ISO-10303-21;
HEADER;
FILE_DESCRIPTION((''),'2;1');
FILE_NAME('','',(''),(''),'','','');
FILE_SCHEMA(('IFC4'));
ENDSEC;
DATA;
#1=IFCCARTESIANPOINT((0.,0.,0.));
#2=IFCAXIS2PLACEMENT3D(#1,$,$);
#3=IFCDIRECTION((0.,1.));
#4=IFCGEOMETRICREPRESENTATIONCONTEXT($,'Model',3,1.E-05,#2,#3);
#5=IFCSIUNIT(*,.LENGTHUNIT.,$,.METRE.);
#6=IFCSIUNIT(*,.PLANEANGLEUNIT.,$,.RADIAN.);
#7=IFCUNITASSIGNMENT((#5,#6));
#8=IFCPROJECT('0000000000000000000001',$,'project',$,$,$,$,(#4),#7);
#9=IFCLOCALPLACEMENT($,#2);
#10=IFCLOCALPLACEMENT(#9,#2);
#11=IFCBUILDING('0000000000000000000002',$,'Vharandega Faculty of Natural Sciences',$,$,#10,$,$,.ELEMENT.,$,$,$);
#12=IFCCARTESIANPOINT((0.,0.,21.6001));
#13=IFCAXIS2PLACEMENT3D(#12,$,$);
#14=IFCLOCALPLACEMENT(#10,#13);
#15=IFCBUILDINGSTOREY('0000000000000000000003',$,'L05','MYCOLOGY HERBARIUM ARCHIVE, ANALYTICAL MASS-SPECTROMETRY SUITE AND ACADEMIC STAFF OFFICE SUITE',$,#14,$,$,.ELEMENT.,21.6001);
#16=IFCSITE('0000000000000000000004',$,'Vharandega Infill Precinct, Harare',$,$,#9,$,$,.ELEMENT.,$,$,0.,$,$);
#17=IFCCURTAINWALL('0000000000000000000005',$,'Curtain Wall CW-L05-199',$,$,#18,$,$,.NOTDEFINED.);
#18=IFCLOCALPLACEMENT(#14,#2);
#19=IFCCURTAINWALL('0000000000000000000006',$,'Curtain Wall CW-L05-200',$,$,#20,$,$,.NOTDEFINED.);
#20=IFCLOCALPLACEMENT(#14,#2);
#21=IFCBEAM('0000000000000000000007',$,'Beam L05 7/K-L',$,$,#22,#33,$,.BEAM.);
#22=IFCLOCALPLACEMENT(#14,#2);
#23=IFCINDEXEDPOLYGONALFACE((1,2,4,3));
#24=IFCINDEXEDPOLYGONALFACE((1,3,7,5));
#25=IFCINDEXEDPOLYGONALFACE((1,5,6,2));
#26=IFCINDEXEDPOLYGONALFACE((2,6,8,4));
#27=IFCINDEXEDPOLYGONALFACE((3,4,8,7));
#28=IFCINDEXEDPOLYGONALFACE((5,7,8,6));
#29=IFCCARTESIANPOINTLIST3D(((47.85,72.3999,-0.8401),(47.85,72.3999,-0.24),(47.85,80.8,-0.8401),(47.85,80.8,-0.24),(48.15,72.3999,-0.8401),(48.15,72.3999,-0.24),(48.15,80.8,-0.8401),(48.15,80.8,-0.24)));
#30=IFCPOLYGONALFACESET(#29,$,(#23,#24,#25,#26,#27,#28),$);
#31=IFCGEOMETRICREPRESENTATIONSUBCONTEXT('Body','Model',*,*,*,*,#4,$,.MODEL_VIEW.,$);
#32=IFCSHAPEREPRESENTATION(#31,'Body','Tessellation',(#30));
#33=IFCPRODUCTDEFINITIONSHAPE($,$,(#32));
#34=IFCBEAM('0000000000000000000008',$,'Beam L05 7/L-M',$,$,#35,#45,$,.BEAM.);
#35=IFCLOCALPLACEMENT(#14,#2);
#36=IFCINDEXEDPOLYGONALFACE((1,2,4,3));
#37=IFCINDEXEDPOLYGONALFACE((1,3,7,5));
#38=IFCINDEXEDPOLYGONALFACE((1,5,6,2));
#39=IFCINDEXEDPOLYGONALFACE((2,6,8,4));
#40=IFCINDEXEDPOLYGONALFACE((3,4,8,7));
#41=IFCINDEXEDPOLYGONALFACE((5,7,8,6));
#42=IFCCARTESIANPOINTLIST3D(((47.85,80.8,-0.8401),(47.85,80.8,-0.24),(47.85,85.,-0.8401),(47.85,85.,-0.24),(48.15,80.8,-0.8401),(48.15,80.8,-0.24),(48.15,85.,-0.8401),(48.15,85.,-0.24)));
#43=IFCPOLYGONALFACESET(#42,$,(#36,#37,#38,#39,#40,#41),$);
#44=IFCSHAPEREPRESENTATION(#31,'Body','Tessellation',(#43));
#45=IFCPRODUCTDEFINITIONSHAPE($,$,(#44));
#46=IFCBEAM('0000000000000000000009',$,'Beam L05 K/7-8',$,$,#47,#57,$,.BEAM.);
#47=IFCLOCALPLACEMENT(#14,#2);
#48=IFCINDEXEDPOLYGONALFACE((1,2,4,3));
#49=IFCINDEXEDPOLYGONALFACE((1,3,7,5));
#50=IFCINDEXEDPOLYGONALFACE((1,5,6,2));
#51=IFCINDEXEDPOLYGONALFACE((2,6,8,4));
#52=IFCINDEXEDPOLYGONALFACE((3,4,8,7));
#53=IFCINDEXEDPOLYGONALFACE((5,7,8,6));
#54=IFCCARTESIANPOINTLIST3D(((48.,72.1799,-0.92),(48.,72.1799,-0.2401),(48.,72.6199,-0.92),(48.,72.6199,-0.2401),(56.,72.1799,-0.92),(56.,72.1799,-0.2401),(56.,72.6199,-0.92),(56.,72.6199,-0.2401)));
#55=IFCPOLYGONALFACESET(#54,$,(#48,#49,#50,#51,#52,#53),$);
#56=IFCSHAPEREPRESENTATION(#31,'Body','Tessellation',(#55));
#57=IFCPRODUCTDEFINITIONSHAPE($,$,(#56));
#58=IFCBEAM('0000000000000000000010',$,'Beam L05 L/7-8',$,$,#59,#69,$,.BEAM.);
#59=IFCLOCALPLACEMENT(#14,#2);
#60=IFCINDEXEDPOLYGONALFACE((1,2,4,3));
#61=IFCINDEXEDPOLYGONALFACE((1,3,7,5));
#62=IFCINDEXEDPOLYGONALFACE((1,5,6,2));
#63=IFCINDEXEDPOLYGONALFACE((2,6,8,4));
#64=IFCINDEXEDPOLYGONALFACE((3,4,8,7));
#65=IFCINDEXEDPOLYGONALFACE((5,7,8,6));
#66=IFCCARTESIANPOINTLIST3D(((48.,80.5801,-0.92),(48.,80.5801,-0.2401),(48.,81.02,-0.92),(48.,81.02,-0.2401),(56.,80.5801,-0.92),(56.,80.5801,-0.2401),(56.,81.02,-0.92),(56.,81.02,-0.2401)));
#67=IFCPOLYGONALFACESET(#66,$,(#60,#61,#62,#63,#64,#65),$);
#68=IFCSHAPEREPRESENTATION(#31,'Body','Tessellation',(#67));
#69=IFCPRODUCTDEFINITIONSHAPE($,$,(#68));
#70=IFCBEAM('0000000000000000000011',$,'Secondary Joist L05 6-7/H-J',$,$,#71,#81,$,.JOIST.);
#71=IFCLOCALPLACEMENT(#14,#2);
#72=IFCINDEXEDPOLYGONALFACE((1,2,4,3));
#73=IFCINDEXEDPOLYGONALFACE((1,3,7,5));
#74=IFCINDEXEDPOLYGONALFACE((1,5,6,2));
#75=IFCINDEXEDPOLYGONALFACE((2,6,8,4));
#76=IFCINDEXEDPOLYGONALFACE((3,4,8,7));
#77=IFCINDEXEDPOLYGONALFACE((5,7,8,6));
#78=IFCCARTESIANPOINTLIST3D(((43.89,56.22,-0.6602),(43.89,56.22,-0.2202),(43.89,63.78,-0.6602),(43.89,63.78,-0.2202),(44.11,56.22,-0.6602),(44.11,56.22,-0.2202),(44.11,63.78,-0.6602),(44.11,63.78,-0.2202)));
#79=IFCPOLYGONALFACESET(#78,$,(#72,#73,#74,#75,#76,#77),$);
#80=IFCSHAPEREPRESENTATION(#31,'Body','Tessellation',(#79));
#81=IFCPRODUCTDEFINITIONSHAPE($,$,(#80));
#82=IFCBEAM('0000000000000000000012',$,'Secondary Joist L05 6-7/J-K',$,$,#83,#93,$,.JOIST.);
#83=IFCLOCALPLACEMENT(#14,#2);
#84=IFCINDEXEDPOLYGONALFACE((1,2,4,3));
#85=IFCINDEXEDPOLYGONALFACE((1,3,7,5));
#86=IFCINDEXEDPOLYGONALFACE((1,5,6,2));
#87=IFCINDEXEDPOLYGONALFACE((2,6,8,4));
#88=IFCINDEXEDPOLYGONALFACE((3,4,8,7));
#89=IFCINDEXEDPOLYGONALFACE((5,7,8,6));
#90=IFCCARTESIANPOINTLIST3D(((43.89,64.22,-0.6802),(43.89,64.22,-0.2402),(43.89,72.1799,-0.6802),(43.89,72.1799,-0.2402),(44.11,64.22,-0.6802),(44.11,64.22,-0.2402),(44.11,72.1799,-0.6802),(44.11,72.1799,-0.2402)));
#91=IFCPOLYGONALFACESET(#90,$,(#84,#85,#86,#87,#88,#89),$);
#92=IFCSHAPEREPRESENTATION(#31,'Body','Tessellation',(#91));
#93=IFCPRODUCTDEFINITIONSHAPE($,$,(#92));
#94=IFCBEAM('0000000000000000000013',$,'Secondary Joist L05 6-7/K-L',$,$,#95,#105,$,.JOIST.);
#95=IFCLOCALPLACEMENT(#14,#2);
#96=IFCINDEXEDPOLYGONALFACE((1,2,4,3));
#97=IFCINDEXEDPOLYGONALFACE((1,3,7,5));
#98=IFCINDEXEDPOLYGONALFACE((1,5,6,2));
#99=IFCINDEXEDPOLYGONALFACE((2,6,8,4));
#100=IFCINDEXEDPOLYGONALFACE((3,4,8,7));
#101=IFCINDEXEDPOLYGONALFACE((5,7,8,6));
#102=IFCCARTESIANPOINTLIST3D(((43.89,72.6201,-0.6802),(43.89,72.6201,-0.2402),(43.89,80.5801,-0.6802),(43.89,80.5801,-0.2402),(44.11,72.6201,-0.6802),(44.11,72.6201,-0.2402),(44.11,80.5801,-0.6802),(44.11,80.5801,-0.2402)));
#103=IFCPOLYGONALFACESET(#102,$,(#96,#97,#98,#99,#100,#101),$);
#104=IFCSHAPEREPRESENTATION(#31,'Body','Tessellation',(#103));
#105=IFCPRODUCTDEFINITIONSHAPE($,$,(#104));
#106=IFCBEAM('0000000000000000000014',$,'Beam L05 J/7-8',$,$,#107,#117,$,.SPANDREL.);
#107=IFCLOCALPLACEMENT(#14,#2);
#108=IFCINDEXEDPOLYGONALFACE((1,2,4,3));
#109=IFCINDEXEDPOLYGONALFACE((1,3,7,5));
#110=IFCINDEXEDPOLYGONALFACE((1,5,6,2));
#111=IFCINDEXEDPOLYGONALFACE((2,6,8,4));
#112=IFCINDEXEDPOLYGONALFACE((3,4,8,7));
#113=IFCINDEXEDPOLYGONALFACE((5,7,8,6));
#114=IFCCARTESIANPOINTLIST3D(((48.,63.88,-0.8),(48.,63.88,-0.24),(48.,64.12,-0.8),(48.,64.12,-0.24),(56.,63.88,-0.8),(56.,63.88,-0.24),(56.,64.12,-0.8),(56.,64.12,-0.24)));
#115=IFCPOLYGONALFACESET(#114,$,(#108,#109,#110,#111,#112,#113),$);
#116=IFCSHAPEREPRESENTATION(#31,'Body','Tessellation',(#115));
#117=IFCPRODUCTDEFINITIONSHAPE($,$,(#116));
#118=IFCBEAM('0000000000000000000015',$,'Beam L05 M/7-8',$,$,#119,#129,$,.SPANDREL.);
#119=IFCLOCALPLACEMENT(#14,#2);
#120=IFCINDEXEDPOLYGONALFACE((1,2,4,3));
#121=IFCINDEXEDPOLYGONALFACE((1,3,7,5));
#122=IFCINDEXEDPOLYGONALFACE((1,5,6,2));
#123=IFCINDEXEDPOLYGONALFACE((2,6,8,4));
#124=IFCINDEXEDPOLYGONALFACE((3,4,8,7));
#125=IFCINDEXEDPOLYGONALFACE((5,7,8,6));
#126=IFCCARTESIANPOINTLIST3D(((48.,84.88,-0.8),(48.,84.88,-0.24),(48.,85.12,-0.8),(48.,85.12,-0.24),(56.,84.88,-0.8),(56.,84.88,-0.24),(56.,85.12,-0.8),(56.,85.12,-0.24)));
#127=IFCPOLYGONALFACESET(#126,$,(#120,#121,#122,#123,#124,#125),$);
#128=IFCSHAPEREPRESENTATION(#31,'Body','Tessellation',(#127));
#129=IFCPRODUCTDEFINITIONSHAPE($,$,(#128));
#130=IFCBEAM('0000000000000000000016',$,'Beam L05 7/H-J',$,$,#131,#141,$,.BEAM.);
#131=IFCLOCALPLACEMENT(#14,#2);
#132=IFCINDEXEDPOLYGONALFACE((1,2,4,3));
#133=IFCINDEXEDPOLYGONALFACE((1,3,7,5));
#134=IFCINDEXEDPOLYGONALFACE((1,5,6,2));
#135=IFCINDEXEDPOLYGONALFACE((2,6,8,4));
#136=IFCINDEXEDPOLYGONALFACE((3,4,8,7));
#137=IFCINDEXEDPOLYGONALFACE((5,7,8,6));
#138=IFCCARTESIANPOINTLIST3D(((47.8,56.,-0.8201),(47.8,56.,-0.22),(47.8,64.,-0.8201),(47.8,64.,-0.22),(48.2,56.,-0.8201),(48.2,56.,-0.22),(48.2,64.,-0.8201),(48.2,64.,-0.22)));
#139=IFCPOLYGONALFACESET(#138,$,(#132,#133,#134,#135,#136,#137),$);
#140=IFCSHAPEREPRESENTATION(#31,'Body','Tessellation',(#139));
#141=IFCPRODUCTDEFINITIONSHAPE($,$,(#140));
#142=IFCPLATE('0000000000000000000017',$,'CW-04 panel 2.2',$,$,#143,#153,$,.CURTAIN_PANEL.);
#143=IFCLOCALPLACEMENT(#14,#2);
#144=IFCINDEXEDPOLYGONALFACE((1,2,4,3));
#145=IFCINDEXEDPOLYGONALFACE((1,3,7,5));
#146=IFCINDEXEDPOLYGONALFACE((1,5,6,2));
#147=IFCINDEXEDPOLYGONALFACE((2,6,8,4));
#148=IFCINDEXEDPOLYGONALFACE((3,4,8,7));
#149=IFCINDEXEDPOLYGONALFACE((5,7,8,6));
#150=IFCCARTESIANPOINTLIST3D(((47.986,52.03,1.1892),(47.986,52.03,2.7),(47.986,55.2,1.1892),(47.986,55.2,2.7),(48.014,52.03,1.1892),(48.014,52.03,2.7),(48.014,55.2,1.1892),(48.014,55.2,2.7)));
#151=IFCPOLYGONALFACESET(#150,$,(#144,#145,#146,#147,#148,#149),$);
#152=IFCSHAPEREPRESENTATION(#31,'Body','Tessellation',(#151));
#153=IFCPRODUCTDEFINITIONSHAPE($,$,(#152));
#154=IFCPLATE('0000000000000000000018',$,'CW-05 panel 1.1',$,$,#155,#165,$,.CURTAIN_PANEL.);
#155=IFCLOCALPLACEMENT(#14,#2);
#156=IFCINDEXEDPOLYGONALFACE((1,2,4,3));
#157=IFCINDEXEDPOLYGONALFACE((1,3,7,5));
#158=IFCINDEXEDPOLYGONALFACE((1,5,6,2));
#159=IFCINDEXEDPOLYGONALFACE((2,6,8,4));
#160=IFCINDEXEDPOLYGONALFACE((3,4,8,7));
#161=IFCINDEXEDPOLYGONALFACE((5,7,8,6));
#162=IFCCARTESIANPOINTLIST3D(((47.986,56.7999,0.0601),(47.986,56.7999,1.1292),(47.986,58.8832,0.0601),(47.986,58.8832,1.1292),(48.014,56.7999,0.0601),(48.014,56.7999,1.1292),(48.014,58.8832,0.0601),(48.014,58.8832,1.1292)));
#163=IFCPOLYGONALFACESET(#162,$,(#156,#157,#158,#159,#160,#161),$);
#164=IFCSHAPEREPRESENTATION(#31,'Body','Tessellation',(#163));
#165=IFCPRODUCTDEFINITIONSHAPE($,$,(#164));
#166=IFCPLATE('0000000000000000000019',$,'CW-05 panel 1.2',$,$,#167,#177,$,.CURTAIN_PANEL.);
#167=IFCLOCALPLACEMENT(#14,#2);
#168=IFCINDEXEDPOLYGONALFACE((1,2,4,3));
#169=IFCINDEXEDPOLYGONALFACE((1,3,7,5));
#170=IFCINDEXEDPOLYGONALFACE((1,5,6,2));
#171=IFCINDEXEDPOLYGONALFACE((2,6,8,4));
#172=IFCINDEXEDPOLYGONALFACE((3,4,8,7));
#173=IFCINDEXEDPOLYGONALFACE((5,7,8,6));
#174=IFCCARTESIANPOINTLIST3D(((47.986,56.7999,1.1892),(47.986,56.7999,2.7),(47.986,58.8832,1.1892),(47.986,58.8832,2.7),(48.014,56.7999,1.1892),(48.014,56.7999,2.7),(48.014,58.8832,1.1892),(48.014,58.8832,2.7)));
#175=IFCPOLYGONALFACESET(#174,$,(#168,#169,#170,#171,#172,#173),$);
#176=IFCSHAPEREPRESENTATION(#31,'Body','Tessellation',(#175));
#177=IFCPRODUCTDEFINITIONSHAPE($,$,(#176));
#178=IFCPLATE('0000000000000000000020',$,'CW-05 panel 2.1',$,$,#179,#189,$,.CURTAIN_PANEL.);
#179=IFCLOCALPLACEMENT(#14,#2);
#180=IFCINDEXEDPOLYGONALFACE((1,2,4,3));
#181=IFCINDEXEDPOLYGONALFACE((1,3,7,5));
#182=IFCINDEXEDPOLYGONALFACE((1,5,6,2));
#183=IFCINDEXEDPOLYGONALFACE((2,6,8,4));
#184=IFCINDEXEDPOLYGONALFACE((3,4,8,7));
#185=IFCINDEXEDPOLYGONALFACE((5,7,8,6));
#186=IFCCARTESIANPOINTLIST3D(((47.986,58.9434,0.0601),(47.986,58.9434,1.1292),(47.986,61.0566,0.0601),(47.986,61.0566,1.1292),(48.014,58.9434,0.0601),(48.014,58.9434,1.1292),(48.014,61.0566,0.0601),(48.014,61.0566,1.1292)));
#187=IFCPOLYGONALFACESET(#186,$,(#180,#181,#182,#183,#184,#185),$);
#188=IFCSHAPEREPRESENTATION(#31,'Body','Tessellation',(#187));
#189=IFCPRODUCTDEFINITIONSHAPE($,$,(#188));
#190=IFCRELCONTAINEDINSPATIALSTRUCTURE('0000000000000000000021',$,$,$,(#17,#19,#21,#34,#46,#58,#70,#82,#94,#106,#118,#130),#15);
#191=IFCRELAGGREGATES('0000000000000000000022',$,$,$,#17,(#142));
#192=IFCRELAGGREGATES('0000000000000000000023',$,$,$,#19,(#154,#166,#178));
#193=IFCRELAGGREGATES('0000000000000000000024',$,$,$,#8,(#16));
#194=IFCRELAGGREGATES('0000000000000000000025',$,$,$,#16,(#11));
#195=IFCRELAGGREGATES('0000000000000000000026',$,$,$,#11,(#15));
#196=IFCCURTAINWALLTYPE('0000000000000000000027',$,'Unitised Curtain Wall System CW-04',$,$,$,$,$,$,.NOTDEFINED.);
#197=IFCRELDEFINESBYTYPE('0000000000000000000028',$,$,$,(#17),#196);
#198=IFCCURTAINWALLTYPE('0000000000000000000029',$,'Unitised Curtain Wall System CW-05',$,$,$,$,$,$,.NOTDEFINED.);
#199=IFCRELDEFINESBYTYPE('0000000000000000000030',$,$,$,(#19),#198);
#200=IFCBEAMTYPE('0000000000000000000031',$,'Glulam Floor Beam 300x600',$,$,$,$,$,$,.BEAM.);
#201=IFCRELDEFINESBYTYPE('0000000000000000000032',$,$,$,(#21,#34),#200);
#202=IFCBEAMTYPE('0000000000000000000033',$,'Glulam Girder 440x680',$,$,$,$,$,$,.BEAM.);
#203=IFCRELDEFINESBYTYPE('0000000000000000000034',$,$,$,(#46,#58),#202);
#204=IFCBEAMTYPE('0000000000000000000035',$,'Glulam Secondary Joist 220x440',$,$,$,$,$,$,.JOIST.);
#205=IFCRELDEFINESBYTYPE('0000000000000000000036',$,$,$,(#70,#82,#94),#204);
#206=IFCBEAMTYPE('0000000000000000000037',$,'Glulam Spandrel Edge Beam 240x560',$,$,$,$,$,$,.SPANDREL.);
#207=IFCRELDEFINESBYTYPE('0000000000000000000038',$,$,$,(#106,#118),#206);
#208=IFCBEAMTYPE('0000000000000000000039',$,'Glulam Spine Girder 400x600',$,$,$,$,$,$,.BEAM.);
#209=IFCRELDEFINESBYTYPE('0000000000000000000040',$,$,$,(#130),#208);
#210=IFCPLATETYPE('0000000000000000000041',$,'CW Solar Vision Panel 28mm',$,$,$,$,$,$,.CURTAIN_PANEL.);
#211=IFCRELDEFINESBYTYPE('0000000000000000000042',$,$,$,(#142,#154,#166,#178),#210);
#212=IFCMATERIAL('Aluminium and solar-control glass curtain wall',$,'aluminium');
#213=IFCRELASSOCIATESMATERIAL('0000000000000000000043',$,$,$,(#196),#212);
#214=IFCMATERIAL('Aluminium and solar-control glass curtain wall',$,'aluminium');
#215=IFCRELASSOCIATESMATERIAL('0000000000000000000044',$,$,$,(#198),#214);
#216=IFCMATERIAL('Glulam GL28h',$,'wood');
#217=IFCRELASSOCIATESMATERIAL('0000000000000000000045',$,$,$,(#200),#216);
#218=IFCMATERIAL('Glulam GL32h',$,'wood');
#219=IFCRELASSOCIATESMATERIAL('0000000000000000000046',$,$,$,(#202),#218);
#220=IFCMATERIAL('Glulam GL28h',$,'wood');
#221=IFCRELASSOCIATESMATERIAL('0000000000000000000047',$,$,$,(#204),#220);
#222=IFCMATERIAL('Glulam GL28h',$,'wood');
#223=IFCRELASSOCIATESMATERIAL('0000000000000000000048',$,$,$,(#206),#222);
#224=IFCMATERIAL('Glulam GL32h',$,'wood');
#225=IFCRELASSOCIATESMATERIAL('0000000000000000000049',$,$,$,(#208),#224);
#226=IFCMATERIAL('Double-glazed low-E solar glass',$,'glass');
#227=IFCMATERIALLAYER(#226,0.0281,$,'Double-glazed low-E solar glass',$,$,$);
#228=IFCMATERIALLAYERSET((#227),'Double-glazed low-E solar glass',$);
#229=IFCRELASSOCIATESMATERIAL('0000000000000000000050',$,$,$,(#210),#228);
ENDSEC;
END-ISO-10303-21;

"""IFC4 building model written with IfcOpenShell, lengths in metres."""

from ifc_helpers import new_model, si_unit, direction, frame, origin, origin_2d, place, context, subcontext, project, spatial, rectangle, extrude, material, layer, layer_set, material_profile, profile_set, type_object, element, aggregate, save


model = new_model("IFC4")

# Units and contexts
model_context = context("Model", 3, precision=1e-05, world=origin(), true_north=direction((0.0, 1.0)))
body_context = subcontext(model_context, "Body", "Model", "MODEL_VIEW")
ifc_project = project(units=[si_unit("LENGTHUNIT", "METRE"), si_unit("PLANEANGLEUNIT", "RADIAN")], contexts=[model_context])

# Site, building, storey
site_placement = place(None, origin())
site = spatial("IfcSite", under=ifc_project, at=site_placement, Name="Vharandega Infill Precinct, Harare", CompositionType="ELEMENT", RefElevation=0.0)
building_placement = place(site_placement, origin())
building = spatial("IfcBuilding", under=site, at=building_placement, Name="Vharandega Faculty of Natural Sciences", CompositionType="ELEMENT")
storey_placement = place(building_placement, frame((0.0, 0.0, 21.6001)))
storey = spatial("IfcBuildingStorey", under=building, at=storey_placement, Name="L05", Description="MYCOLOGY HERBARIUM ARCHIVE, ANALYTICAL MASS-SPECTROMETRY SUITE AND ACADEMIC STAFF OFFICE SUITE", CompositionType="ELEMENT", Elevation=21.6001)

# Curtain wall
ifc_material_1 = material(Name="Aluminium and solar-control glass curtain wall", Category="aluminium")
curtain_wall_type_1 = type_object("IfcCurtainWallType", Name="Unitised Curtain Wall System CW-04", PredefinedType="NOTDEFINED", material=ifc_material_1)
curtain_wall_1_placement = place(storey_placement, origin())
curtain_wall_1 = element("IfcCurtainWall", 1, at=curtain_wall_1_placement, inside=storey, type_object=curtain_wall_type_1, Name="Curtain Wall CW-L05-199", PredefinedType="NOTDEFINED")

# Curtain wall
ifc_material_2 = material(Name="Aluminium and solar-control glass curtain wall", Category="aluminium")
curtain_wall_type_2 = type_object("IfcCurtainWallType", Name="Unitised Curtain Wall System CW-05", PredefinedType="NOTDEFINED", material=ifc_material_2)
curtain_wall_2_placement = place(storey_placement, origin())
curtain_wall_2 = element("IfcCurtainWall", 2, at=curtain_wall_2_placement, inside=storey, type_object=curtain_wall_type_2, Name="Curtain Wall CW-L05-200", PredefinedType="NOTDEFINED")

# Beams
ifc_material_3 = material(Name="Glulam GL28h", Category="wood")
ifc_material_profile_1 = material_profile(ifc_material_3, rectangle(XDim=0.3, YDim=0.6001, at=origin_2d()), Name="GL28h 300x600")
ifc_profile_set_1 = profile_set([ifc_material_profile_1], Name="Glulam GL28h")
beam_type_1 = type_object("IfcBeamType", Name="Glulam Floor Beam 300x600", PredefinedType="BEAM", material=ifc_profile_set_1)
beam_1_placement = place(storey_placement, frame((48.0, 72.3999, -0.54), z_axis=(0.0, 1.0, 0.0), x_axis=(-1.0, 0.0, 0.0)))
element("IfcBeam", 3, at=beam_1_placement, inside=storey, type_object=beam_type_1, Name="Beam L05 7/K-L", PredefinedType="BEAM", context=body_context, shape_type="SweptSolid", body=[
    extrude(rectangle(XDim=0.3, YDim=0.6001, at=origin_2d()), origin(), (0.0, 0.0, 1.0), 8.4001),
])
beam_2_placement = place(storey_placement, frame((48.0, 80.8, -0.54), z_axis=(0.0, 1.0, 0.0), x_axis=(-1.0, 0.0, 0.0)))
element("IfcBeam", 4, at=beam_2_placement, inside=storey, type_object=beam_type_1, Name="Beam L05 7/L-M", PredefinedType="BEAM", context=body_context, shape_type="SweptSolid", body=[
    extrude(rectangle(XDim=0.3, YDim=0.6001, at=origin_2d()), origin(), (0.0, 0.0, 1.0), 4.2),
])
ifc_material_4 = material(Name="Glulam GL32h", Category="wood")
ifc_material_profile_2 = material_profile(ifc_material_4, rectangle(XDim=0.4399, YDim=0.6799, at=origin_2d()), Name="GL32h 440x680")
ifc_profile_set_2 = profile_set([ifc_material_profile_2], Name="Glulam GL32h")
beam_type_2 = type_object("IfcBeamType", Name="Glulam Girder 440x680", PredefinedType="BEAM", material=ifc_profile_set_2)
for number, where, z_axis, x_axis, name in (
    (5, (48.0, 72.3999, -0.5801), (1.0, 0.0, 0.0), (0.0, 1.0, 0.0), "Beam L05 K/7-8"),
    (6, (48.0, 80.8, -0.5801), (1.0, 0.0, 0.0), (0.0, 1.0, 0.0), "Beam L05 L/7-8"),
):
    element("IfcBeam", number, at=place(storey_placement, frame(where, z_axis=z_axis, x_axis=x_axis)), inside=storey, type_object=beam_type_2, Name=name, PredefinedType="BEAM", context=body_context, shape_type="SweptSolid", body=[
        extrude(rectangle(XDim=0.4399, YDim=0.6799, at=origin_2d()), origin(), (0.0, 0.0, 1.0), 8.0),
    ])
ifc_material_5 = material(Name="Glulam GL28h", Category="wood")
ifc_material_profile_3 = material_profile(ifc_material_5, rectangle(XDim=0.22, YDim=0.4399, at=origin_2d()), Name="GL28h 220x440")
ifc_profile_set_3 = profile_set([ifc_material_profile_3], Name="Glulam GL28h")
beam_type_3 = type_object("IfcBeamType", Name="Glulam Secondary Joist 220x440", PredefinedType="JOIST", material=ifc_profile_set_3)
beam_3_placement = place(storey_placement, frame((44.0, 56.22, -0.4402), z_axis=(0.0, 1.0, 0.0), x_axis=(-1.0, 0.0, 0.0)))
element("IfcBeam", 7, at=beam_3_placement, inside=storey, type_object=beam_type_3, Name="Secondary Joist L05 6-7/H-J", PredefinedType="JOIST", context=body_context, shape_type="SweptSolid", body=[
    extrude(rectangle(XDim=0.22, YDim=0.4399, at=origin_2d()), origin(), (0.0, 0.0, 1.0), 7.5601),
])
for number, where, z_axis, x_axis, name in (
    (8, (44.0, 64.22, -0.4602), (0.0, 1.0, 0.0), (-1.0, 0.0, 0.0), "Secondary Joist L05 6-7/J-K"),
    (9, (44.0, 72.6201, -0.4602), (0.0, 1.0, 0.0), (-1.0, 0.0, 0.0), "Secondary Joist L05 6-7/K-L"),
):
    element("IfcBeam", number, at=place(storey_placement, frame(where, z_axis=z_axis, x_axis=x_axis)), inside=storey, type_object=beam_type_3, Name=name, PredefinedType="JOIST", context=body_context, shape_type="SweptSolid", body=[
        extrude(rectangle(XDim=0.22, YDim=0.4399, at=origin_2d()), origin(), (0.0, 0.0, 1.0), 7.96),
    ])
ifc_material_6 = material(Name="Glulam GL28h", Category="wood")
ifc_material_profile_4 = material_profile(ifc_material_6, rectangle(XDim=0.24, YDim=0.5601, at=origin_2d()), Name="GL28h 240x560")
ifc_profile_set_4 = profile_set([ifc_material_profile_4], Name="Glulam GL28h")
beam_type_4 = type_object("IfcBeamType", Name="Glulam Spandrel Edge Beam 240x560", PredefinedType="SPANDREL", material=ifc_profile_set_4)
for number, where, z_axis, x_axis, name in (
    (10, (48.0, 64.0, -0.52), (1.0, 0.0, 0.0), (0.0, 1.0, 0.0), "Beam L05 J/7-8"),
    (11, (48.0, 85.0, -0.52), (1.0, 0.0, 0.0), (0.0, 1.0, 0.0), "Beam L05 M/7-8"),
):
    element("IfcBeam", number, at=place(storey_placement, frame(where, z_axis=z_axis, x_axis=x_axis)), inside=storey, type_object=beam_type_4, Name=name, PredefinedType="SPANDREL", context=body_context, shape_type="SweptSolid", body=[
        extrude(rectangle(XDim=0.24, YDim=0.5601, at=origin_2d()), origin(), (0.0, 0.0, 1.0), 8.0),
    ])
ifc_material_7 = material(Name="Glulam GL32h", Category="wood")
ifc_material_profile_5 = material_profile(ifc_material_7, rectangle(XDim=0.3999, YDim=0.6001, at=origin_2d()), Name="GL32h 400x600")
ifc_profile_set_5 = profile_set([ifc_material_profile_5], Name="Glulam GL32h")
beam_type_5 = type_object("IfcBeamType", Name="Glulam Spine Girder 400x600", PredefinedType="BEAM", material=ifc_profile_set_5)
beam_4_placement = place(storey_placement, frame((48.0, 56.0, -0.52), z_axis=(0.0, 1.0, 0.0), x_axis=(-1.0, 0.0, 0.0)))
element("IfcBeam", 12, at=beam_4_placement, inside=storey, type_object=beam_type_5, Name="Beam L05 7/H-J", PredefinedType="BEAM", context=body_context, shape_type="SweptSolid", body=[
    extrude(rectangle(XDim=0.3999, YDim=0.6001, at=origin_2d()), origin(), (0.0, 0.0, 1.0), 8.0),
])

# Plates
ifc_material_8 = material(Name="Double-glazed low-E solar glass", Category="glass")
ifc_layer = layer(ifc_material_8, 0.0281, Name="Double-glazed low-E solar glass")
ifc_layer_set = layer_set([ifc_layer], Name="Double-glazed low-E solar glass")
plate_type = type_object("IfcPlateType", Name="CW Solar Vision Panel 28mm", PredefinedType="CURTAIN_PANEL", material=ifc_layer_set)
plate_1_placement = place(storey_placement, frame((48.0, 53.615, 1.1892), z_axis=(0.0, 0.0, 1.0), x_axis=(0.0, 1.0, 0.0)))
plate_1 = element("IfcPlate", 13, at=plate_1_placement, type_object=plate_type, Name="CW-04 panel 2.2", PredefinedType="CURTAIN_PANEL", context=body_context, shape_type="SweptSolid", body=[
    extrude(rectangle(XDim=3.1699, YDim=0.0281, at=origin_2d()), origin(), (0.0, 0.0, 1.0), 1.5107),
])
aggregate(curtain_wall_1, [plate_1])
plate_2_placement = place(storey_placement, frame((48.0, 57.8416, 0.0601), z_axis=(0.0, 0.0, 1.0), x_axis=(0.0, 1.0, 0.0)))
plate_2 = element("IfcPlate", 14, at=plate_2_placement, type_object=plate_type, Name="CW-05 panel 1.1", PredefinedType="CURTAIN_PANEL", context=body_context, shape_type="SweptSolid", body=[
    extrude(rectangle(XDim=2.0833, YDim=0.0281, at=origin_2d()), origin(), (0.0, 0.0, 1.0), 1.0691),
])
plate_3_placement = place(storey_placement, frame((48.0, 57.8416, 1.1892), z_axis=(0.0, 0.0, 1.0), x_axis=(0.0, 1.0, 0.0)))
plate_3 = element("IfcPlate", 15, at=plate_3_placement, type_object=plate_type, Name="CW-05 panel 1.2", PredefinedType="CURTAIN_PANEL", context=body_context, shape_type="SweptSolid", body=[
    extrude(rectangle(XDim=2.0833, YDim=0.0281, at=origin_2d()), origin(), (0.0, 0.0, 1.0), 1.5107),
])
plate_4_placement = place(storey_placement, frame((48.0, 60.0, 0.0601), z_axis=(0.0, 0.0, 1.0), x_axis=(0.0, 1.0, 0.0)))
plate_4 = element("IfcPlate", 16, at=plate_4_placement, type_object=plate_type, Name="CW-05 panel 2.1", PredefinedType="CURTAIN_PANEL", context=body_context, shape_type="SweptSolid", body=[
    extrude(rectangle(XDim=2.1133, YDim=0.0281, at=origin_2d()), origin(), (0.0, 0.0, 1.0), 1.0691),
])
aggregate(curtain_wall_2, [plate_2, plate_3, plate_4])

save(model, "model.ifc")
